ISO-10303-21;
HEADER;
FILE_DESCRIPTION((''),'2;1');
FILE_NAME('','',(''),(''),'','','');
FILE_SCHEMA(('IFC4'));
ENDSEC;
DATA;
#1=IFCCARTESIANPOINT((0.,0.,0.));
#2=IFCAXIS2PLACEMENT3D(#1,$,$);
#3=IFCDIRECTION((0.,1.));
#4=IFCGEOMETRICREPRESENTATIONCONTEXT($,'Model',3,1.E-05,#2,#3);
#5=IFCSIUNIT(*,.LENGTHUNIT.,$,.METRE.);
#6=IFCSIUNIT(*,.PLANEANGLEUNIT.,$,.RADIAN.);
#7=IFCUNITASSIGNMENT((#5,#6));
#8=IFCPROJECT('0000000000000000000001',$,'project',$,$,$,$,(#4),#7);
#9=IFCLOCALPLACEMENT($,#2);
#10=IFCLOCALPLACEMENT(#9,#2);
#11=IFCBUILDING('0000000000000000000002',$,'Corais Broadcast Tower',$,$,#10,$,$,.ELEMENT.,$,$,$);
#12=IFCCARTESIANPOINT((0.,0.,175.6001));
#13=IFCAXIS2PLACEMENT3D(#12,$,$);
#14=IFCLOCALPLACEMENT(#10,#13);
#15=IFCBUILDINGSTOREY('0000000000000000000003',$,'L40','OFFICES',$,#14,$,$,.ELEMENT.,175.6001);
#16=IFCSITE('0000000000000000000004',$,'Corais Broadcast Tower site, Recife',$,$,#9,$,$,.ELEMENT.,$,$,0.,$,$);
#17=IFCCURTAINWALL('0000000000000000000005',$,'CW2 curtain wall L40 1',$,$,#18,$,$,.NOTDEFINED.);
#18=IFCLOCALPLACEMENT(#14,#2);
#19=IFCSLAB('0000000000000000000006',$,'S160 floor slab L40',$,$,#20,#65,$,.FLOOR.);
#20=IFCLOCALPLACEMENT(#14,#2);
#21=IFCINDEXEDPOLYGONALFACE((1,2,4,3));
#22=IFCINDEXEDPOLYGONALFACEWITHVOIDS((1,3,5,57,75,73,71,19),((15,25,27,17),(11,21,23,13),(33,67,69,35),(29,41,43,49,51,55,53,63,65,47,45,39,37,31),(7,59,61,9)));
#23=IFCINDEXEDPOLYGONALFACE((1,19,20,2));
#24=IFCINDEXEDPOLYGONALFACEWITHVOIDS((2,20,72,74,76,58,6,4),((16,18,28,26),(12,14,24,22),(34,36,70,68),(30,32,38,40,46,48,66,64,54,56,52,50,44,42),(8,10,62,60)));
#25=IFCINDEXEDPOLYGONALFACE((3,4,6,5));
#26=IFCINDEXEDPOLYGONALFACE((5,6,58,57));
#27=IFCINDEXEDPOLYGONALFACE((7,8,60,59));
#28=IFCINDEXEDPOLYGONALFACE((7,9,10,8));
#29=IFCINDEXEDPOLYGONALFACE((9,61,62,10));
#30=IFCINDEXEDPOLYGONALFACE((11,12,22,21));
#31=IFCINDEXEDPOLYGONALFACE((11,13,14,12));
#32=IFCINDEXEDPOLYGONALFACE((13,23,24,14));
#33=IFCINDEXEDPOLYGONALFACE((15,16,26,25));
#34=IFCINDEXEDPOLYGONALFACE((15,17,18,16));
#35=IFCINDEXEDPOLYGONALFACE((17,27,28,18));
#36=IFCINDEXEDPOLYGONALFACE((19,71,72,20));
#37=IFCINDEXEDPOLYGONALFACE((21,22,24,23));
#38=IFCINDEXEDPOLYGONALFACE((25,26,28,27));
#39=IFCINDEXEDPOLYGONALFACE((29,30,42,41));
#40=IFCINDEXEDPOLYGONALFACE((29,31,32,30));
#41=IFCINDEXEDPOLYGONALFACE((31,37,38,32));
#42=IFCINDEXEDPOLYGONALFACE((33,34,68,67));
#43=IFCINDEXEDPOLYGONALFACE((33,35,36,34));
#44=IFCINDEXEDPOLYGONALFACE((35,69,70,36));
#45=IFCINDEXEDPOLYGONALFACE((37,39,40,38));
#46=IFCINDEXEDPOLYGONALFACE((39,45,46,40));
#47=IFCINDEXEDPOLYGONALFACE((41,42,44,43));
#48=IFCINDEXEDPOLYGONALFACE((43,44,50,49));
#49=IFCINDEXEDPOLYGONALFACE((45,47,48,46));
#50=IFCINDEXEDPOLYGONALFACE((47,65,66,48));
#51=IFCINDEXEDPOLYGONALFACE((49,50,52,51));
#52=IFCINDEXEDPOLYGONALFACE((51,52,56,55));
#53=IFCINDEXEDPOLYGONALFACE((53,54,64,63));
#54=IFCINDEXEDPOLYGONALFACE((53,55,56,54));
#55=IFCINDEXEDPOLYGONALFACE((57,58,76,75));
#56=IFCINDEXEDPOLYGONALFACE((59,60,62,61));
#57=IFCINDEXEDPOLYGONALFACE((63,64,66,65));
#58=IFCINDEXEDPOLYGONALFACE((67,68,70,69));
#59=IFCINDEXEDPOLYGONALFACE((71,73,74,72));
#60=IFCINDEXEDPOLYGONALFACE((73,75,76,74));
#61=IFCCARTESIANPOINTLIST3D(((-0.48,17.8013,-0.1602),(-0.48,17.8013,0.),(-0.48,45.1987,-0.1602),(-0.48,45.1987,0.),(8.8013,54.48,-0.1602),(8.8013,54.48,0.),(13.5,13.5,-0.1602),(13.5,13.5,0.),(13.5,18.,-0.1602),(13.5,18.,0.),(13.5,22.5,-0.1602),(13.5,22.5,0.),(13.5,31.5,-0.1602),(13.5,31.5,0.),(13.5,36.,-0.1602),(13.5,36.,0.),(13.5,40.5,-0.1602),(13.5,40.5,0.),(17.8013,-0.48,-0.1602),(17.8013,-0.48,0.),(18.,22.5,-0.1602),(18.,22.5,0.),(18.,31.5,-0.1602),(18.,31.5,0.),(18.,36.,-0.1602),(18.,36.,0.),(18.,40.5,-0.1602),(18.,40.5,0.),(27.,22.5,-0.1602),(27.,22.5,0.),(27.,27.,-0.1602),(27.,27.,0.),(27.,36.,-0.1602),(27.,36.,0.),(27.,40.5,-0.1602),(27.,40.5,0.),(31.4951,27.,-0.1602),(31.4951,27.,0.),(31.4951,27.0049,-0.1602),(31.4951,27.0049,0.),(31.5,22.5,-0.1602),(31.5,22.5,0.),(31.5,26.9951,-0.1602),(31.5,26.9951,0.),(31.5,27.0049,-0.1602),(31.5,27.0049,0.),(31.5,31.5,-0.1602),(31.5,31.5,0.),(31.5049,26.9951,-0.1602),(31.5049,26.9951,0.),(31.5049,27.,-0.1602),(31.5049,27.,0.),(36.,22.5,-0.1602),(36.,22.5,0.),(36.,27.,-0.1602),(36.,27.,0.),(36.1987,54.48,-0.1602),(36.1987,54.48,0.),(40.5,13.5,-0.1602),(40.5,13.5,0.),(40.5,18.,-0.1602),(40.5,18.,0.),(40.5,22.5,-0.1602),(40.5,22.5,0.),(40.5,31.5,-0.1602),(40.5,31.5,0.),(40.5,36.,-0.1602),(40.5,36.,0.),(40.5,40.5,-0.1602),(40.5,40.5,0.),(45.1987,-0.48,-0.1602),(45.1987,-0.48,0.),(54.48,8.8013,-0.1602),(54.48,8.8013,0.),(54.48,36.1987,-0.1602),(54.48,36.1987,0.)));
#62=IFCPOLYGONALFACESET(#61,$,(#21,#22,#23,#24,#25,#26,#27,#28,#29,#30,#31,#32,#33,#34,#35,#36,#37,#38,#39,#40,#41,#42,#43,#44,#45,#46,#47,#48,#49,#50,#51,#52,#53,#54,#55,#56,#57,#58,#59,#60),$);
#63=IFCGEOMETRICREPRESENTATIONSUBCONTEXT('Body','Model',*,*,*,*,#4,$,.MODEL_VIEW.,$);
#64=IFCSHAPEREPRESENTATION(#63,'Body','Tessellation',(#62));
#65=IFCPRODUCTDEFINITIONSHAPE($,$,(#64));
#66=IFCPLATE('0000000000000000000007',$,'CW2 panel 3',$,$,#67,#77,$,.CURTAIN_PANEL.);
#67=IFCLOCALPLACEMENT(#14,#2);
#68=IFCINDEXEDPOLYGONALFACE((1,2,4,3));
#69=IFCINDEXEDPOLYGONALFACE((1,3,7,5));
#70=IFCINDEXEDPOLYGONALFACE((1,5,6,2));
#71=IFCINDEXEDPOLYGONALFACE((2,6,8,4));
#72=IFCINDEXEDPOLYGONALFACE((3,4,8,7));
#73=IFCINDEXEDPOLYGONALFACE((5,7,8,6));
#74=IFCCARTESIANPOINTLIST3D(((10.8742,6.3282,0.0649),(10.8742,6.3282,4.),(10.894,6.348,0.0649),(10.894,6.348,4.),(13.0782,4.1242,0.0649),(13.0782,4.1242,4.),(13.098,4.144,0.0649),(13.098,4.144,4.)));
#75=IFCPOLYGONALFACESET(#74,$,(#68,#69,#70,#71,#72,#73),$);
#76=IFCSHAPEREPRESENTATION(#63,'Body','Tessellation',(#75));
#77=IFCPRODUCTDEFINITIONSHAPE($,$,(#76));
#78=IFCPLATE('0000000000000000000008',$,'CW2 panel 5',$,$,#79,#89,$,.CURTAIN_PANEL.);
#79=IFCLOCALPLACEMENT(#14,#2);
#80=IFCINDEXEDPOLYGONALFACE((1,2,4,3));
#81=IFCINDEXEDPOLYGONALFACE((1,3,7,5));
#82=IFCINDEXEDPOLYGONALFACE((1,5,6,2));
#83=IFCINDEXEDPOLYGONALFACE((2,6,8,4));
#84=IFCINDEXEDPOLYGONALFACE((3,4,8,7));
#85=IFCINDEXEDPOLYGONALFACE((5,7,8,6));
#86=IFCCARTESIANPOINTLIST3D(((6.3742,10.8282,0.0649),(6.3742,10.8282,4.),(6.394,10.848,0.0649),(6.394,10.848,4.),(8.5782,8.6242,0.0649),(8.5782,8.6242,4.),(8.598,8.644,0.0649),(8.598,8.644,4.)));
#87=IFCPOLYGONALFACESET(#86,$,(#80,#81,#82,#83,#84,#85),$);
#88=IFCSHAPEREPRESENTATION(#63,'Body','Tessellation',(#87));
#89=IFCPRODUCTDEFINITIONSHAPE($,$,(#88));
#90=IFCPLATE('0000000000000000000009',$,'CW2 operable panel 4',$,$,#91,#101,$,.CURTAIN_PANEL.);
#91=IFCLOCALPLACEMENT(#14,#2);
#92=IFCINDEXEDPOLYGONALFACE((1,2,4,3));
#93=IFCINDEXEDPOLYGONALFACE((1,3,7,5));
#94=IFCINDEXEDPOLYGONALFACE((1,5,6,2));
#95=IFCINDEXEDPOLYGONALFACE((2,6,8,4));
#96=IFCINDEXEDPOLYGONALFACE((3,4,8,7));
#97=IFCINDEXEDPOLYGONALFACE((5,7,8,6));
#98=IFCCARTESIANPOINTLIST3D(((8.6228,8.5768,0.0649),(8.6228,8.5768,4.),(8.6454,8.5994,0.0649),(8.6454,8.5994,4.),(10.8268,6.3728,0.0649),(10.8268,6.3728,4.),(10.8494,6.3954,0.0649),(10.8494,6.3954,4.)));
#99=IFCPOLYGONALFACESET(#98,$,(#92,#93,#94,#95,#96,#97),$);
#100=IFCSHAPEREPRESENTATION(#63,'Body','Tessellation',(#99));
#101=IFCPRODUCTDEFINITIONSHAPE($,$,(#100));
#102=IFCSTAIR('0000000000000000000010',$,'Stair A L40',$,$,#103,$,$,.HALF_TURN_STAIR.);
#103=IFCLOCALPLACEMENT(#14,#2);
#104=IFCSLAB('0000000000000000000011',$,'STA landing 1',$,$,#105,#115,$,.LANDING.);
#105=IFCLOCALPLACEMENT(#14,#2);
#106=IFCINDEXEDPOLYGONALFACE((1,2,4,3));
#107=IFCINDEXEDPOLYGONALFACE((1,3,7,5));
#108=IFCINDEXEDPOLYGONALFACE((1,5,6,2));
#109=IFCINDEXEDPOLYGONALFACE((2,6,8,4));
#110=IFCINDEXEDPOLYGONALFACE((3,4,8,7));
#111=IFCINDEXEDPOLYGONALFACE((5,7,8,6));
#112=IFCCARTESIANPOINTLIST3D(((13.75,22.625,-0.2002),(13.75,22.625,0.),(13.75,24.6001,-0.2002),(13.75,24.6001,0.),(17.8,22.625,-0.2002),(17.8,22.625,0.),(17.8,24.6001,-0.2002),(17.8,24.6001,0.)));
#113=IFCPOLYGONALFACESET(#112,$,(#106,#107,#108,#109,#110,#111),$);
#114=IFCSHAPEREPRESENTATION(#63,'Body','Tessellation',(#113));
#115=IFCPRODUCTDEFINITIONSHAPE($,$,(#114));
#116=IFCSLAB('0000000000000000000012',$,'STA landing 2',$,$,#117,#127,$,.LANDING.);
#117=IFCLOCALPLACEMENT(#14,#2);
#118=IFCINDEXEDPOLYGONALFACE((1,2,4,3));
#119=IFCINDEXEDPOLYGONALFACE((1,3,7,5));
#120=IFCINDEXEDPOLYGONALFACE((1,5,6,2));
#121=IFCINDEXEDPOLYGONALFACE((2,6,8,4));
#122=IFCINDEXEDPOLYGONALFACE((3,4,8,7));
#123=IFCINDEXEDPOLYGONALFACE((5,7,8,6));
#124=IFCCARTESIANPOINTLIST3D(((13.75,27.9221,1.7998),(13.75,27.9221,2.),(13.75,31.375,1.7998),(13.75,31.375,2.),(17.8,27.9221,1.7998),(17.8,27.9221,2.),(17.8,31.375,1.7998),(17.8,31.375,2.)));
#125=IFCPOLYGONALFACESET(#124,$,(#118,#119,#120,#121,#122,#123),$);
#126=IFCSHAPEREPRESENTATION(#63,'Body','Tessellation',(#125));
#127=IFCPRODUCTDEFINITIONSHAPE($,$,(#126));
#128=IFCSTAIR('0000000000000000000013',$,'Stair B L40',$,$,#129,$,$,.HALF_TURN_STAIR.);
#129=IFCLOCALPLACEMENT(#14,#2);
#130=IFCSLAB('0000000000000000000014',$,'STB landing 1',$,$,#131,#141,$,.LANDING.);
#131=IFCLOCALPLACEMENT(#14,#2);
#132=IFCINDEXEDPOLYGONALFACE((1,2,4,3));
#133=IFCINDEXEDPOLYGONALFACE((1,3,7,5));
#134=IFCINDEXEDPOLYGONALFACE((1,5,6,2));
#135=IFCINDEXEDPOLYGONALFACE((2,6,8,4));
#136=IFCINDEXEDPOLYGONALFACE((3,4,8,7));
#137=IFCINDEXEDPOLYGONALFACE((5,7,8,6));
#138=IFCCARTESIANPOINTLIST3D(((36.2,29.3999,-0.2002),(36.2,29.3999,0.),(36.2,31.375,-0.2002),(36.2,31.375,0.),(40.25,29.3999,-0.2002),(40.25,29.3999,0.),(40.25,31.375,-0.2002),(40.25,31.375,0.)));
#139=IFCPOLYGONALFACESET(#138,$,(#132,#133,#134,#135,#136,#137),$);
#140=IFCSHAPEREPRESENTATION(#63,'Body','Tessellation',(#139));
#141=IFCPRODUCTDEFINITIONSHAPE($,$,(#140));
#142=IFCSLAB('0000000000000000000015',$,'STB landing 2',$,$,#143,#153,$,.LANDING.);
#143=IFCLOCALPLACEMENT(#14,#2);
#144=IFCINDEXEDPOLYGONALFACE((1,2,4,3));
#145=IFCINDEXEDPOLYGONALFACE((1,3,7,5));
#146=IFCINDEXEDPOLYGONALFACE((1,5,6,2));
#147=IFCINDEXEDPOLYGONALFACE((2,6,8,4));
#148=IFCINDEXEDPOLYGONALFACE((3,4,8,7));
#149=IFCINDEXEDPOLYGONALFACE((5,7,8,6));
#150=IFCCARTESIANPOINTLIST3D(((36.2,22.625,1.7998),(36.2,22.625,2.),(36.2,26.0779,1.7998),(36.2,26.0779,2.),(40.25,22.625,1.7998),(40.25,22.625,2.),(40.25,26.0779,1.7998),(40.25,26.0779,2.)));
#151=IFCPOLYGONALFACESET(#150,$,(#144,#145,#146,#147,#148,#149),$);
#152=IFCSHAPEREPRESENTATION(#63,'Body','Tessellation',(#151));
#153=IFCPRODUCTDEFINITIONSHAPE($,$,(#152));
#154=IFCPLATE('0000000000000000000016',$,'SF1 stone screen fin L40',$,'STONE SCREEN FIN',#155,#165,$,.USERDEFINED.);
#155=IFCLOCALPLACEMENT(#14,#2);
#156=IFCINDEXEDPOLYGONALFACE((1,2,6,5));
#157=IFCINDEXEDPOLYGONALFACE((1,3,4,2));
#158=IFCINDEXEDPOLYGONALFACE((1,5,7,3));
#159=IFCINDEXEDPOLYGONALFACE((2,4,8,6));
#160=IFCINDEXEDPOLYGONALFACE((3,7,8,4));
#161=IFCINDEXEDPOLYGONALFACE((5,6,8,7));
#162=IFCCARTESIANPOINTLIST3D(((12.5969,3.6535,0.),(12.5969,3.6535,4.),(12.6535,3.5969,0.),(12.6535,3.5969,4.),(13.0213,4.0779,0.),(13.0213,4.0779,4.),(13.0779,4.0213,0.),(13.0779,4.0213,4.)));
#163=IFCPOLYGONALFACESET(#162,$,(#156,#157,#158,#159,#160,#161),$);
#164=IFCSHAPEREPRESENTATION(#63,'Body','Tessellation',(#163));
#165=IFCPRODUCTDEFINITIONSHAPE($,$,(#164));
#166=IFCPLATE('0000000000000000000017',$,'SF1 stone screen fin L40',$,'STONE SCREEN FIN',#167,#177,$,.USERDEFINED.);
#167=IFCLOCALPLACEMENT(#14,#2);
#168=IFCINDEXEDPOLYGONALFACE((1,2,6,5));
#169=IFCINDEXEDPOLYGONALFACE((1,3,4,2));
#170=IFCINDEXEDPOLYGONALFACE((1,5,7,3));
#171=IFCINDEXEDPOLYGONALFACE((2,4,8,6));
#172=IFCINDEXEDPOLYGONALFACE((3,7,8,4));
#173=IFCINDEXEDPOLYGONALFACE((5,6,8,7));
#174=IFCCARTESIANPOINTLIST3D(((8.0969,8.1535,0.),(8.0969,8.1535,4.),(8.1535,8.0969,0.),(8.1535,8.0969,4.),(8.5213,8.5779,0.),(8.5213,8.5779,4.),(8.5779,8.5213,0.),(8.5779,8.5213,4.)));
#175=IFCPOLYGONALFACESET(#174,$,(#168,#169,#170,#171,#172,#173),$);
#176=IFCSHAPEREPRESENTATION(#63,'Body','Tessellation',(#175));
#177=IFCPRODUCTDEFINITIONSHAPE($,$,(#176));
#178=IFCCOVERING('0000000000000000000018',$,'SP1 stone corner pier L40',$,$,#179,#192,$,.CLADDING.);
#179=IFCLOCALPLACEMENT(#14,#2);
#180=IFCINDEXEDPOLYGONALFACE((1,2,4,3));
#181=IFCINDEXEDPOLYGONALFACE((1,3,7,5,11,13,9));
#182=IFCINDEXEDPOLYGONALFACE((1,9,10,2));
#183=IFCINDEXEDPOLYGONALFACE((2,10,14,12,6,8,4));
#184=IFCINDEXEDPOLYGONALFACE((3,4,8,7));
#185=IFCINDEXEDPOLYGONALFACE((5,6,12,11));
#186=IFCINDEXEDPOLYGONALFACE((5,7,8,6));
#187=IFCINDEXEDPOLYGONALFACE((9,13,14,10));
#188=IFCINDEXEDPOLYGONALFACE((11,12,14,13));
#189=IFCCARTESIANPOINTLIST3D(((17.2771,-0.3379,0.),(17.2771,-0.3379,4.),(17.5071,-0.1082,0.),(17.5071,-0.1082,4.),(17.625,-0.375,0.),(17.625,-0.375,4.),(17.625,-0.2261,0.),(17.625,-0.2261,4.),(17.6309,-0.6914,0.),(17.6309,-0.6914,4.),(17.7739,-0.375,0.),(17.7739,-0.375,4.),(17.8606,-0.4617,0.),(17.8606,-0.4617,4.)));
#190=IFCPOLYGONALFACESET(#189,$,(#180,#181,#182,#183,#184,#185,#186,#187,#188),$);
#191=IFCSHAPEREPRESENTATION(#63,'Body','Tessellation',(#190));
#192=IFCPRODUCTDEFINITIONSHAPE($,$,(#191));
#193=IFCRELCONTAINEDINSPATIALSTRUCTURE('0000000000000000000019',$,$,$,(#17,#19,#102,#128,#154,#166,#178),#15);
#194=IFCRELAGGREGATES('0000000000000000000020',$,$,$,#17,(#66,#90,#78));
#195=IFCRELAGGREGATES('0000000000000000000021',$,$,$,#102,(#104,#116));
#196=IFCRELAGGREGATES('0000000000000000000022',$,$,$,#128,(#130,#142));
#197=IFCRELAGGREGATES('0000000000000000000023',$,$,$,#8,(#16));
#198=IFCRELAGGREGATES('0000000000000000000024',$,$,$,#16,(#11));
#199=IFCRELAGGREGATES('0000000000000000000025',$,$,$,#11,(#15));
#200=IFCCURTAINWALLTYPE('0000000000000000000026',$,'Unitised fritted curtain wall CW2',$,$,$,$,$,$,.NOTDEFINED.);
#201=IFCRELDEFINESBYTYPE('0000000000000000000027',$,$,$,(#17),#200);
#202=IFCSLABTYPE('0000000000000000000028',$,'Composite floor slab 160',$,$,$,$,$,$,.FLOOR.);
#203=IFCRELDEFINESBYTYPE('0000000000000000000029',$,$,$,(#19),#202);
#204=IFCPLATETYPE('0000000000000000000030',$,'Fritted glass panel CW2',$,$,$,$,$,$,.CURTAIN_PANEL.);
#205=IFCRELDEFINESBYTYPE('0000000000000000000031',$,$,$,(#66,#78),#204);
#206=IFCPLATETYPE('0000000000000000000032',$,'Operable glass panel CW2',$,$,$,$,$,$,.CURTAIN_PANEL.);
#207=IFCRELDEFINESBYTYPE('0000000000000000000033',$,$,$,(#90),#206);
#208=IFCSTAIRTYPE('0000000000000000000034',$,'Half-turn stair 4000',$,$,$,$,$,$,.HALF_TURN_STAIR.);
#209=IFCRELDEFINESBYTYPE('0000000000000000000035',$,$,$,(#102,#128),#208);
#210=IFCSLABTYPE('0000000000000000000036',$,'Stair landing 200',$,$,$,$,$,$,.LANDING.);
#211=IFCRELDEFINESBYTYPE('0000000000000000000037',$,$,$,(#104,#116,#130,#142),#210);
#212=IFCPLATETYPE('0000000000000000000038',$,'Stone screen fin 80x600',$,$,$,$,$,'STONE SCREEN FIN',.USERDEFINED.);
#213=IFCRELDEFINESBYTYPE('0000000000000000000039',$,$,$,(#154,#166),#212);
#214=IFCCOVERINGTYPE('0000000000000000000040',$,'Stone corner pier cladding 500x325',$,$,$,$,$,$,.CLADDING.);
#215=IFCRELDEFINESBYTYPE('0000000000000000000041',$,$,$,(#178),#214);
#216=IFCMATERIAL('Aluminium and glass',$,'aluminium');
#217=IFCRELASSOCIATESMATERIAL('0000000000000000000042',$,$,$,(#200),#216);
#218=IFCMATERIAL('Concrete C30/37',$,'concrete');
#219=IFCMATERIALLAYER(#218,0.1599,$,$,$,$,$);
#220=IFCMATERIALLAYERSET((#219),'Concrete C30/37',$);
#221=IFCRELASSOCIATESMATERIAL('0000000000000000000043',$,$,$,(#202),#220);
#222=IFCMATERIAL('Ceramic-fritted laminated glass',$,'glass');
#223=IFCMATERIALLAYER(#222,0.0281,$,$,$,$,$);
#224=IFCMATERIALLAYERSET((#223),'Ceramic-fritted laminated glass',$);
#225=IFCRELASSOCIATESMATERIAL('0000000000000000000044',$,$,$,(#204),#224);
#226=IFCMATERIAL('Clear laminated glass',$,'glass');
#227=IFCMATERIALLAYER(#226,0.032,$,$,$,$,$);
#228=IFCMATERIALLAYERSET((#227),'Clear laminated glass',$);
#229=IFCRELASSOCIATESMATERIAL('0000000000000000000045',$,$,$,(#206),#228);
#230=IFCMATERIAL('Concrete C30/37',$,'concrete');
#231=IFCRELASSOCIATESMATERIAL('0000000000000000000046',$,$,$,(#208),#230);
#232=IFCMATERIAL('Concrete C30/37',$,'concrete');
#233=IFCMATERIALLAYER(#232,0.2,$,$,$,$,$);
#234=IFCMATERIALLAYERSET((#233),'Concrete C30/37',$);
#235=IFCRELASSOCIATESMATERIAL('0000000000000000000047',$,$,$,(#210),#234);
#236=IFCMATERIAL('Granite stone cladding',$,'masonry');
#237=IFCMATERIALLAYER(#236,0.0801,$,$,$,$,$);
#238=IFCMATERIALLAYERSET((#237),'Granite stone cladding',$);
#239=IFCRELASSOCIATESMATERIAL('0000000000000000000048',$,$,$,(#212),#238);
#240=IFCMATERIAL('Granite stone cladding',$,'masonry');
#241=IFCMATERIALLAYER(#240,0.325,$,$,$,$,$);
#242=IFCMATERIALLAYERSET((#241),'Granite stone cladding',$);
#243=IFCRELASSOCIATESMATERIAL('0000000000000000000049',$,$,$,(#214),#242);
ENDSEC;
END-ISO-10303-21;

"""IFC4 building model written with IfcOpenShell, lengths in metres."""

from ifc_helpers import new_model, si_unit, direction, frame, origin, origin_2d, place, context, subcontext, project, spatial, polyline, rectangle, outline, extrude, material, layer, layer_set, type_object, element, aggregate, save


model = new_model("IFC4")

# Units and contexts
model_context = context("Model", 3, precision=1e-05, world=origin(), true_north=direction((0.0, 1.0)))
body_context = subcontext(model_context, "Body", "Model", "MODEL_VIEW")
ifc_project = project(units=[si_unit("LENGTHUNIT", "METRE"), si_unit("PLANEANGLEUNIT", "RADIAN")], contexts=[model_context])

# Site, building, storey
site_placement = place(None, origin())
site = spatial("IfcSite", under=ifc_project, at=site_placement, Name="Corais Broadcast Tower site, Recife", CompositionType="ELEMENT", RefElevation=0.0)
building_placement = place(site_placement, origin())
building = spatial("IfcBuilding", under=site, at=building_placement, Name="Corais Broadcast Tower", CompositionType="ELEMENT")
storey_placement = place(building_placement, frame((0.0, 0.0, 175.6001)))
storey = spatial("IfcBuildingStorey", under=building, at=storey_placement, Name="L40", Description="OFFICES", CompositionType="ELEMENT", Elevation=175.6001)

# Curtain wall
ifc_material_1 = material(Name="Aluminium and glass", Category="aluminium")
curtain_wall_type = type_object("IfcCurtainWallType", Name="Unitised fritted curtain wall CW2", PredefinedType="NOTDEFINED", material=ifc_material_1)
curtain_wall_placement = place(storey_placement, origin())
curtain_wall = element("IfcCurtainWall", 1, at=curtain_wall_placement, inside=storey, type_object=curtain_wall_type, Name="CW2 curtain wall L40 1", PredefinedType="NOTDEFINED")

# Slab
ifc_material_2 = material(Name="Concrete C30/37", Category="concrete")
ifc_layer_1 = layer(ifc_material_2, 0.1599)
ifc_layer_set_1 = layer_set([ifc_layer_1], Name="Concrete C30/37")
slab_type_1 = type_object("IfcSlabType", Name="Composite floor slab 160", PredefinedType="FLOOR", material=ifc_layer_set_1)
slab_1_placement = place(storey_placement, frame((0.0, 0.0, -0.1602)))
element("IfcSlab", 2, at=slab_1_placement, inside=storey, type_object=slab_type_1, Name="S160 floor slab L40", PredefinedType="FLOOR", context=body_context, shape_type="SweptSolid", body=[
    extrude(outline(polyline([(17.8013, -0.48), (-0.48, 17.8013), (-0.48, 45.1987), (8.8013, 54.48), (36.1987, 54.48), (54.48, 36.1987), (54.48, 8.8013), (45.1987, -0.48), (17.8013, -0.48)]), holes=[polyline([(13.5, 18.0), (40.5, 18.0), (40.5, 13.5), (13.5, 13.5), (13.5, 18.0)]), polyline([(18.0, 22.5), (13.5, 22.5), (13.5, 31.5), (18.0, 31.5), (18.0, 22.5)]), polyline([(18.0, 36.0), (13.5, 36.0), (13.5, 40.5), (18.0, 40.5), (18.0, 36.0)]), polyline([(31.5, 22.5), (27.0, 22.5), (27.0, 27.0), (31.4951, 27.0), (31.4951, 27.0049), (31.5, 27.0049), (31.5, 31.5), (40.5, 31.5), (40.5, 22.5), (36.0, 22.5), (36.0, 27.0), (31.5049, 27.0), (31.5049, 26.9951), (31.5, 26.9951), (31.5, 22.5)]), polyline([(27.0, 40.5), (40.5, 40.5), (40.5, 36.0), (27.0, 36.0), (27.0, 40.5)])]), origin(), (0.0, 0.0, 1.0), 0.1602),
])

# Plates
ifc_material_3 = material(Name="Ceramic-fritted laminated glass", Category="glass")
ifc_layer_2 = layer(ifc_material_3, 0.0281)
ifc_layer_set_2 = layer_set([ifc_layer_2], Name="Ceramic-fritted laminated glass")
plate_type_1 = type_object("IfcPlateType", Name="Fritted glass panel CW2", PredefinedType="CURTAIN_PANEL", material=ifc_layer_set_2)
plate_1_placement = place(storey_placement, frame((11.9861, 5.2361, 0.0649), z_axis=(0.0, 0.0, 1.0), x_axis=(-0.707107, 0.707107, 0.0)))
plate_1 = element("IfcPlate", 3, at=plate_1_placement, type_object=plate_type_1, Name="CW2 panel 3", PredefinedType="CURTAIN_PANEL", context=body_context, shape_type="SweptSolid", body=[
    extrude(rectangle(XDim=3.1169, YDim=0.0281, at=origin_2d()), origin(), (0.0, 0.0, 1.0), 3.9351),
])
plate_2_placement = place(storey_placement, frame((7.4861, 9.7361, 0.0649), z_axis=(0.0, 0.0, 1.0), x_axis=(-0.707107, 0.707107, 0.0)))
plate_2 = element("IfcPlate", 4, at=plate_2_placement, type_object=plate_type_1, Name="CW2 panel 5", PredefinedType="CURTAIN_PANEL", context=body_context, shape_type="SweptSolid", body=[
    extrude(rectangle(XDim=3.1169, YDim=0.0281, at=origin_2d()), origin(), (0.0, 0.0, 1.0), 3.9351),
])
ifc_material_4 = material(Name="Clear laminated glass", Category="glass")
ifc_layer_3 = layer(ifc_material_4, 0.032)
ifc_layer_set_3 = layer_set([ifc_layer_3], Name="Clear laminated glass")
plate_type_2 = type_object("IfcPlateType", Name="Operable glass panel CW2", PredefinedType="CURTAIN_PANEL", material=ifc_layer_set_3)
plate_3_placement = place(storey_placement, frame((9.7361, 7.4861, 0.0649), z_axis=(0.0, 0.0, 1.0), x_axis=(-0.707107, 0.707107, 0.0)))
plate_3 = element("IfcPlate", 5, at=plate_3_placement, type_object=plate_type_2, Name="CW2 operable panel 4", PredefinedType="CURTAIN_PANEL", context=body_context, shape_type="SweptSolid", body=[
    extrude(rectangle(XDim=3.1169, YDim=0.032, at=origin_2d()), origin(), (0.0, 0.0, 1.0), 3.9351),
])
aggregate(curtain_wall, [plate_1, plate_3, plate_2])

# Stairs, slabs
ifc_material_5 = material(Name="Concrete C30/37", Category="concrete")
stair_type = type_object("IfcStairType", Name="Half-turn stair 4000", PredefinedType="HALF_TURN_STAIR", material=ifc_material_5)
stair_1_placement = place(storey_placement, origin())
stair_1 = element("IfcStair", 6, at=stair_1_placement, inside=storey, type_object=stair_type, Name="Stair A L40", PredefinedType="HALF_TURN_STAIR")
ifc_material_6 = material(Name="Concrete C30/37", Category="concrete")
ifc_layer_4 = layer(ifc_material_6, 0.2)
ifc_layer_set_4 = layer_set([ifc_layer_4], Name="Concrete C30/37")
slab_type_2 = type_object("IfcSlabType", Name="Stair landing 200", PredefinedType="LANDING", material=ifc_layer_set_4)
slab_2_placement = place(storey_placement, frame((0.0, 0.0, -0.2002)))
slab_2 = element("IfcSlab", 7, at=slab_2_placement, type_object=slab_type_2, Name="STA landing 1", PredefinedType="LANDING", context=body_context, shape_type="SweptSolid", body=[
    extrude(outline(polyline([(13.75, 22.625), (17.8, 22.625), (17.8, 24.6001), (13.75, 24.6001), (13.75, 22.625)])), origin(), (0.0, 0.0, 1.0), 0.2002),
])
slab_3_placement = place(storey_placement, frame((0.0, 0.0, 1.7998)))
slab_3 = element("IfcSlab", 8, at=slab_3_placement, type_object=slab_type_2, Name="STA landing 2", PredefinedType="LANDING", context=body_context, shape_type="SweptSolid", body=[
    extrude(outline(polyline([(13.75, 27.9221), (17.8, 27.9221), (17.8, 31.375), (13.75, 31.375), (13.75, 27.9221)])), origin(), (0.0, 0.0, 1.0), 0.2002),
])
aggregate(stair_1, [slab_2, slab_3])
stair_2_placement = place(storey_placement, origin())
stair_2 = element("IfcStair", 9, at=stair_2_placement, inside=storey, type_object=stair_type, Name="Stair B L40", PredefinedType="HALF_TURN_STAIR")
slab_4_placement = place(storey_placement, frame((0.0, 0.0, -0.2002)))
slab_4 = element("IfcSlab", 10, at=slab_4_placement, type_object=slab_type_2, Name="STB landing 1", PredefinedType="LANDING", context=body_context, shape_type="SweptSolid", body=[
    extrude(outline(polyline([(36.2, 29.3999), (40.25, 29.3999), (40.25, 31.375), (36.2, 31.375), (36.2, 29.3999)])), origin(), (0.0, 0.0, 1.0), 0.2002),
])
slab_5_placement = place(storey_placement, frame((0.0, 0.0, 1.7998)))
slab_5 = element("IfcSlab", 11, at=slab_5_placement, type_object=slab_type_2, Name="STB landing 2", PredefinedType="LANDING", context=body_context, shape_type="SweptSolid", body=[
    extrude(outline(polyline([(36.2, 22.625), (40.25, 22.625), (40.25, 26.0779), (36.2, 26.0779), (36.2, 22.625)])), origin(), (0.0, 0.0, 1.0), 0.2002),
])
aggregate(stair_2, [slab_4, slab_5])

# Plates
ifc_material_7 = material(Name="Granite stone cladding", Category="masonry")
ifc_layer_5 = layer(ifc_material_7, 0.0801)
ifc_layer_set_5 = layer_set([ifc_layer_5], Name="Granite stone cladding")
plate_type_3 = type_object("IfcPlateType", Name="Stone screen fin 80x600", ElementType="STONE SCREEN FIN", PredefinedType="USERDEFINED", material=ifc_layer_set_5)
for number, where, z_axis, x_axis, name in (
    (12, (12.8374, 3.8374, 0.0), (0.0, 0.0, 1.0), (-0.707107, 0.707107, 0.0), "SF1 stone screen fin L40"),
    (13, (8.3374, 8.3374, 0.0), (0.0, 0.0, 1.0), (-0.707107, 0.707107, 0.0), "SF1 stone screen fin L40"),
):
    element("IfcPlate", number, at=place(storey_placement, frame(where, z_axis=z_axis, x_axis=x_axis)), inside=storey, type_object=plate_type_3, Name=name, ObjectType="STONE SCREEN FIN", PredefinedType="USERDEFINED", context=body_context, shape_type="SweptSolid", body=[
        extrude(rectangle(XDim=0.0801, YDim=0.6001, at=origin_2d()), origin(), (0.0, 0.0, 1.0), 4.0),
    ])

# Covering
ifc_material_8 = material(Name="Granite stone cladding", Category="masonry")
ifc_layer_6 = layer(ifc_material_8, 0.325)
ifc_layer_set_6 = layer_set([ifc_layer_6], Name="Granite stone cladding")
covering_type_1 = type_object("IfcCoveringType", Name="Stone corner pier cladding 500x325", PredefinedType="CLADDING", material=ifc_layer_set_6)
covering_1_placement = place(storey_placement, origin())
element("IfcCovering", 14, at=covering_1_placement, inside=storey, type_object=covering_type_1, Name="SP1 stone corner pier L40", PredefinedType="CLADDING", context=body_context, shape_type="SweptSolid", body=[
    extrude(outline(polyline([(17.8606, -0.4617), (17.7739, -0.375), (17.625, -0.375), (17.625, -0.2261), (17.5071, -0.1082), (17.2771, -0.3379), (17.6309, -0.6914), (17.8606, -0.4617)])), origin(), (0.0, 0.0, 1.0), 4.0),
])

save(model, "model.ifc")
